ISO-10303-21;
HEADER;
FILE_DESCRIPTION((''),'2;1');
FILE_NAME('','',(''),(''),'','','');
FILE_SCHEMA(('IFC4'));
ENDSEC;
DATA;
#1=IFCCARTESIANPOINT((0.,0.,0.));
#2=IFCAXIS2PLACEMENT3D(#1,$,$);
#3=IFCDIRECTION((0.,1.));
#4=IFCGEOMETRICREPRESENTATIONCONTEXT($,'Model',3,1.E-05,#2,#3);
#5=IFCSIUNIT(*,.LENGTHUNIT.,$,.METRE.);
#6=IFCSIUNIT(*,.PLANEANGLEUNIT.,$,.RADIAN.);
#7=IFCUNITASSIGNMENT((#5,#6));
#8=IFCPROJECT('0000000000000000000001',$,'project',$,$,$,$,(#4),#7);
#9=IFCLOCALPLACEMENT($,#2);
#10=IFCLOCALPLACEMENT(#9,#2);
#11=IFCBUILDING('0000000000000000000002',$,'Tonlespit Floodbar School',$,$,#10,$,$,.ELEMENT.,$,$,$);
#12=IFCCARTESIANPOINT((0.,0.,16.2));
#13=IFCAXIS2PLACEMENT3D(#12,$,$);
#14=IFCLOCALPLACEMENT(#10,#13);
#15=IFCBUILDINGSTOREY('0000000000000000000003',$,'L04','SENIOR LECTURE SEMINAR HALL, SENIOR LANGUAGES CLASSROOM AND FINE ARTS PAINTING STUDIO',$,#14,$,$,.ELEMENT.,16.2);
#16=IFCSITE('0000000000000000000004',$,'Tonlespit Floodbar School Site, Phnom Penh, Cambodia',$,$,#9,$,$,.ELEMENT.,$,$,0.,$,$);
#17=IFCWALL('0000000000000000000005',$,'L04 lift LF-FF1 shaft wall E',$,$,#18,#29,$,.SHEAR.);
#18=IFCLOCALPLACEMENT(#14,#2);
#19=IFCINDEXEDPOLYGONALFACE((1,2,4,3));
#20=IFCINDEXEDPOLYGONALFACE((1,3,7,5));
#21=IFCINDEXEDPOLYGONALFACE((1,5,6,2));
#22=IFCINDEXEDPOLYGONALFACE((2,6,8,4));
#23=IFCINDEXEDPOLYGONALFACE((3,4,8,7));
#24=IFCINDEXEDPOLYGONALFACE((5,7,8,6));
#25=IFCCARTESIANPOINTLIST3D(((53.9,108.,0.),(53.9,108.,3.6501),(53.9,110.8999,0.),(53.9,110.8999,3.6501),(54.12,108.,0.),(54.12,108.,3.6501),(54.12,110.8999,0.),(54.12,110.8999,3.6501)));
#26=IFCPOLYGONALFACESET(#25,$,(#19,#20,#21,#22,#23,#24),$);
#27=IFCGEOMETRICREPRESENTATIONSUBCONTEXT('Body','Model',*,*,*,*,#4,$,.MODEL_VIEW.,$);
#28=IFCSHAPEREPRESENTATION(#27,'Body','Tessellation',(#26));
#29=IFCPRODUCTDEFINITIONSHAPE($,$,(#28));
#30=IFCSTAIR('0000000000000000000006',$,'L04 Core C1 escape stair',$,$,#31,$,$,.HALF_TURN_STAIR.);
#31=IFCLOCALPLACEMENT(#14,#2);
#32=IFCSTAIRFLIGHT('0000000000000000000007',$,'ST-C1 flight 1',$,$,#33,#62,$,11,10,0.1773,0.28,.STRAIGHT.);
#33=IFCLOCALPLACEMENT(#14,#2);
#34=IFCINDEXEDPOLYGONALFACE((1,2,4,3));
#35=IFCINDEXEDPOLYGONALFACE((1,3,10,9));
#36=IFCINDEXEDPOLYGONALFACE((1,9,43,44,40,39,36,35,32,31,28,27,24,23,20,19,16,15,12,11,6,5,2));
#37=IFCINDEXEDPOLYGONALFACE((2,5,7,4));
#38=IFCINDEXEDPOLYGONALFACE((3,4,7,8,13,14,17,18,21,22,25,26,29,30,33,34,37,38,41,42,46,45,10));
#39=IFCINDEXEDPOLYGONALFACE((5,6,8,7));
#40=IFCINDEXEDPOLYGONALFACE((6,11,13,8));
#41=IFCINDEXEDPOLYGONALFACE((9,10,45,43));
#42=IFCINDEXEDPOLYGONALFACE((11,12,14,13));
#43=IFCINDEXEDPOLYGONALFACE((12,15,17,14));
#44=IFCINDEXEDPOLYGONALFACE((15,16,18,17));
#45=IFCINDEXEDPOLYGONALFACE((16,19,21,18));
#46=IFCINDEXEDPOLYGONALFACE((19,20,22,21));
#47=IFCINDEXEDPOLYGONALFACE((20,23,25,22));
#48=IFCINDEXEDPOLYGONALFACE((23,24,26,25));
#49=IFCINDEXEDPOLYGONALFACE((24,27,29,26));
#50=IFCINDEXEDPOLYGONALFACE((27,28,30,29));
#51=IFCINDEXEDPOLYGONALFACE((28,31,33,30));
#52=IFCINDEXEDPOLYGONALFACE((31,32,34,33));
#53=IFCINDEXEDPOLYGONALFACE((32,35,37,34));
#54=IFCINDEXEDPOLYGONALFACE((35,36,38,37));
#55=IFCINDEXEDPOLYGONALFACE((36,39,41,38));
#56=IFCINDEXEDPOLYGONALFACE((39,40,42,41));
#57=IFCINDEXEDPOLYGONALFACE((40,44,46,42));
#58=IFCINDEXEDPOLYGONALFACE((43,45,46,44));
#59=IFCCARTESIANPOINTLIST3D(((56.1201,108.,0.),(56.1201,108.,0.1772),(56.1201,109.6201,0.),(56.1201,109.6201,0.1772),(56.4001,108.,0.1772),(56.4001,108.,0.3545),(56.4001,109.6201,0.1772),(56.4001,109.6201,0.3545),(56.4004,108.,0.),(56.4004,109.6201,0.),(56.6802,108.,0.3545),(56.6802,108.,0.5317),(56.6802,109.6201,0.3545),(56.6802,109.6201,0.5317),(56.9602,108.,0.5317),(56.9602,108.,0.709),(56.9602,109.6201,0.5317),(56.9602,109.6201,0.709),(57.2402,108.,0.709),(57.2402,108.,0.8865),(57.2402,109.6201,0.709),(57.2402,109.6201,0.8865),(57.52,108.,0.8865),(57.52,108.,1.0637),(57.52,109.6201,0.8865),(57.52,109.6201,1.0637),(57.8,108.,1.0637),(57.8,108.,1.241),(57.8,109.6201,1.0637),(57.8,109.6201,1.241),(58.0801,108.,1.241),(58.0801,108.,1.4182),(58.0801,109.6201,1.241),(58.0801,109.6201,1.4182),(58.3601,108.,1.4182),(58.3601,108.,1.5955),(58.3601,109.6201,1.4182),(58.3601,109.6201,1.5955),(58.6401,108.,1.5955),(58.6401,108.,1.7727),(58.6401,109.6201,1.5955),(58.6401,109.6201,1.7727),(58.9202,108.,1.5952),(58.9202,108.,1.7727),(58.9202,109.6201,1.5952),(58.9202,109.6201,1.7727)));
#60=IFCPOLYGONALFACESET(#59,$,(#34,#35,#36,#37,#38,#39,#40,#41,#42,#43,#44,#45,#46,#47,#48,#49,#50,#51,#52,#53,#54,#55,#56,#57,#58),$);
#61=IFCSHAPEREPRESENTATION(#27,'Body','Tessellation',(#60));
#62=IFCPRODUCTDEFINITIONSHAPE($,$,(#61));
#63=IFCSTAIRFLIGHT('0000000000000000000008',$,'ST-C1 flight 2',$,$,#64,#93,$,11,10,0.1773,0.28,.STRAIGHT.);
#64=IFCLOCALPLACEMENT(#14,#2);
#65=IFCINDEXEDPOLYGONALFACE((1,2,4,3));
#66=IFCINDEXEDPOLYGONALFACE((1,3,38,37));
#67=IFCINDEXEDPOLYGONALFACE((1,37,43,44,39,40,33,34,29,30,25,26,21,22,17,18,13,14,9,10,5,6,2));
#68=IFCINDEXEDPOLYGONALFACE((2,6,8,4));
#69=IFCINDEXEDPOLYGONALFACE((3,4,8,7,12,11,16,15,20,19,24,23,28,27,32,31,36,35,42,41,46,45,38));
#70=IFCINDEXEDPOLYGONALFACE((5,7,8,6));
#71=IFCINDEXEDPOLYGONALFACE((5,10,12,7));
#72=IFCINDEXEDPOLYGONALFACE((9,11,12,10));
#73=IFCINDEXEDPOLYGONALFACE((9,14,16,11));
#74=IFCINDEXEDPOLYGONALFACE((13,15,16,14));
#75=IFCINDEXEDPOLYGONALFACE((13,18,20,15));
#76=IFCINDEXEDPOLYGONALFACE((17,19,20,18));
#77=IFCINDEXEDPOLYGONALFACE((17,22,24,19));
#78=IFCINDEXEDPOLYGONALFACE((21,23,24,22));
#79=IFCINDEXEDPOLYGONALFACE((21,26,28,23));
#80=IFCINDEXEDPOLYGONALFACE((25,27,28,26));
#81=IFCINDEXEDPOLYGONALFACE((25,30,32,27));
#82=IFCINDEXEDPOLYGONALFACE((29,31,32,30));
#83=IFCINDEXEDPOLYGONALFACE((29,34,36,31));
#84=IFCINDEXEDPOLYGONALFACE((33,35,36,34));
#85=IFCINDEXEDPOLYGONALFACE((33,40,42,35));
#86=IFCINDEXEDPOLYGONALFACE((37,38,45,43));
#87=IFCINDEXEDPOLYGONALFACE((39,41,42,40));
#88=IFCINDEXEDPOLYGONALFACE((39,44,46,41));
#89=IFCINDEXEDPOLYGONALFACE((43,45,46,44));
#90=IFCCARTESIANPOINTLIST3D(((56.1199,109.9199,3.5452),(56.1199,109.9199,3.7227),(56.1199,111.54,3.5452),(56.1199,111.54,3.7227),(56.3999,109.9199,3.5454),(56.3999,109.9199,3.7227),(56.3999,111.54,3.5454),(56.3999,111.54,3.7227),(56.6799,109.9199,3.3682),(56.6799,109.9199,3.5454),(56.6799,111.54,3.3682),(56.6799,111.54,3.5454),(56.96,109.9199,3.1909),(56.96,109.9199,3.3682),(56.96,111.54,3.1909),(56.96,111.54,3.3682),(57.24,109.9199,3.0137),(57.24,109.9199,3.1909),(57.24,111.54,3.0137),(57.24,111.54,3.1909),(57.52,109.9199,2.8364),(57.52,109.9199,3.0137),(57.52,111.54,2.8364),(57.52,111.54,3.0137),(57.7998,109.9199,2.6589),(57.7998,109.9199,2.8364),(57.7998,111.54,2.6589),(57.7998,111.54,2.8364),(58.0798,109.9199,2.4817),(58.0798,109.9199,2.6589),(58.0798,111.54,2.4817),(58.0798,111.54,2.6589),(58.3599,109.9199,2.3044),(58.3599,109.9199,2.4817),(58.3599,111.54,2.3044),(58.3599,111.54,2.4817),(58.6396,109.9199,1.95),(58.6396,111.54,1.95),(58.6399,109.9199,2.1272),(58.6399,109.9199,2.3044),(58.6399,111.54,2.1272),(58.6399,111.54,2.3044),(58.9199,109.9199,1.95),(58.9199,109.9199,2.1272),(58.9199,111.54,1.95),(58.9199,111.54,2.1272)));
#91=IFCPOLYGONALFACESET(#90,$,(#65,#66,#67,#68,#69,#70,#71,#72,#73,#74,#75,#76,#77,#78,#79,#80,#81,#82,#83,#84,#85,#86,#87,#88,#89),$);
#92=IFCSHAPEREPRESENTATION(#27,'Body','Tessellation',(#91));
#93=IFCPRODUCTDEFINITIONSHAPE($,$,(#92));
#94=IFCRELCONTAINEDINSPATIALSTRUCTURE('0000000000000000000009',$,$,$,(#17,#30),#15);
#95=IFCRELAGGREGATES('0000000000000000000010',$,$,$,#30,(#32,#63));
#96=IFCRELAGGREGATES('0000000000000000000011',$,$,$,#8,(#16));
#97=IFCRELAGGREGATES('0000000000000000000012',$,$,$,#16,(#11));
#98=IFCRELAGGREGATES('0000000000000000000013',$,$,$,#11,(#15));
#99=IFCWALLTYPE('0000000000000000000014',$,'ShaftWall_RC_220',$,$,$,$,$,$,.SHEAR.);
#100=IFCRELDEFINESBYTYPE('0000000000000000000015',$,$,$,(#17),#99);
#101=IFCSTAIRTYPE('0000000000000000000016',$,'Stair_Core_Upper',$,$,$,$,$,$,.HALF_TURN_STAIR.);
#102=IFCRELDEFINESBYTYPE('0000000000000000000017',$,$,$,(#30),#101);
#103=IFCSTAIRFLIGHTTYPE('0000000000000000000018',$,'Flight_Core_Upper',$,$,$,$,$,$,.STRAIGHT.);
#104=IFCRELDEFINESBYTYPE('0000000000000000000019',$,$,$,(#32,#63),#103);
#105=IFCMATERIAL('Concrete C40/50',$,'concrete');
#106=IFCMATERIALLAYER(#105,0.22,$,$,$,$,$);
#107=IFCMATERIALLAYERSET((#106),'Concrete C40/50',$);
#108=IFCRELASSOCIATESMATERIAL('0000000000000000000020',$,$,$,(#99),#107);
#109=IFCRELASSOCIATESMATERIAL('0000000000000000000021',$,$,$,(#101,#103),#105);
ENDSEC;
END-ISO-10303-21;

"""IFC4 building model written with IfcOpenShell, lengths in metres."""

from ifc_helpers import new_model, si_unit, direction, frame, frame_2d, origin, place, context, subcontext, project, spatial, polyline, rectangle, outline, extrude, material, layer, layer_set, type_object, element, aggregate, save


model = new_model("IFC4")

# Units and contexts
model_context = context("Model", 3, precision=1e-05, world=origin(), true_north=direction((0.0, 1.0)))
body_context = subcontext(model_context, "Body", "Model", "MODEL_VIEW")
ifc_project = project(units=[si_unit("LENGTHUNIT", "METRE"), si_unit("PLANEANGLEUNIT", "RADIAN")], contexts=[model_context])

# Site, building, storey
site_placement = place(None, origin())
site = spatial("IfcSite", under=ifc_project, at=site_placement, Name="Tonlespit Floodbar School Site, Phnom Penh, Cambodia", CompositionType="ELEMENT", RefElevation=0.0)
building_placement = place(site_placement, origin())
building = spatial("IfcBuilding", under=site, at=building_placement, Name="Tonlespit Floodbar School", CompositionType="ELEMENT")
storey_placement = place(building_placement, frame((0.0, 0.0, 16.2)))
storey = spatial("IfcBuildingStorey", under=building, at=storey_placement, Name="L04", Description="SENIOR LECTURE SEMINAR HALL, SENIOR LANGUAGES CLASSROOM AND FINE ARTS PAINTING STUDIO", CompositionType="ELEMENT", Elevation=16.2)

# Shared definitions
ifc_material_1 = material(Name="Concrete C40/50", Category="concrete")

# Shared definitions
ifc_layer_1 = layer(ifc_material_1, 0.22)
ifc_layer_set_1 = layer_set([ifc_layer_1], Name="Concrete C40/50")
wall_type_1 = type_object("IfcWallType", Name="ShaftWall_RC_220", PredefinedType="SHEAR", material=ifc_layer_set_1)

# Wall
wall_1_placement = place(storey_placement, frame((54.01, 110.8999, 0.0), z_axis=(0.0, 0.0, 1.0), x_axis=(0.0, -1.0, 0.0)))
element("IfcWall", 1, at=wall_1_placement, inside=storey, type_object=wall_type_1, Name="L04 lift LF-FF1 shaft wall E", PredefinedType="SHEAR", context=body_context, shape_type="SweptSolid", body=[
    extrude(rectangle(XDim=2.8999, YDim=0.22, at=frame_2d((1.45, 0.0))), origin(), (0.0, 0.0, 1.0), 3.6501),
])

# Stair, stair flights
stair_type = type_object("IfcStairType", Name="Stair_Core_Upper", PredefinedType="HALF_TURN_STAIR", material=ifc_material_1)
stair_placement = place(storey_placement, origin())
stair = element("IfcStair", 2, at=stair_placement, inside=storey, type_object=stair_type, Name="L04 Core C1 escape stair", PredefinedType="HALF_TURN_STAIR")
stair_flight_type = type_object("IfcStairFlightType", Name="Flight_Core_Upper", PredefinedType="STRAIGHT", material=ifc_material_1)
stair_flight_1_placement = place(storey_placement, frame((56.1201, 108.8101, 0.0), z_axis=(0.0, 0.0, 1.0), x_axis=(1.0, 0.0, 0.0)))
stair_flight_1 = element("IfcStairFlight", 3, at=stair_flight_1_placement, type_object=stair_flight_type, Name="ST-C1 flight 1", NumberOfRisers=11, NumberOfTreads=10, PredefinedType="STRAIGHT", RiserHeight=0.1773, TreadLength=0.28, context=body_context, shape_type="SweptSolid", body=[
    extrude(outline(polyline([(0.0, 0.0), (0.0, 0.1772), (0.28, 0.1772), (0.28, 0.3545), (0.5601, 0.3545), (0.5601, 0.5317), (0.8401, 0.5317), (0.8401, 0.709), (1.1201, 0.709), (1.1201, 0.8865), (1.3999, 0.8865), (1.3999, 1.0637), (1.6799, 1.0637), (1.6799, 1.241), (1.96, 1.241), (1.96, 1.4182), (2.24, 1.4182), (2.24, 1.5955), (2.52, 1.5955), (2.52, 1.7727), (2.8, 1.7727), (2.8, 1.95), (2.8, 1.5952), (0.2803, 0.0), (0.0, 0.0)])), frame((0.0, 0.8101, 0.0), z_axis=(0.0, -1.0, 0.0), x_axis=(1.0, 0.0, 0.0)), (0.0, 0.0, 1.0), 1.6201),
])
stair_flight_2_placement = place(storey_placement, frame((58.9199, 110.73, 1.95), z_axis=(0.0, 0.0, 1.0), x_axis=(-1.0, 0.0, 0.0)))
stair_flight_2 = element("IfcStairFlight", 4, at=stair_flight_2_placement, type_object=stair_flight_type, Name="ST-C1 flight 2", NumberOfRisers=11, NumberOfTreads=10, PredefinedType="STRAIGHT", RiserHeight=0.1773, TreadLength=0.28, context=body_context, shape_type="SweptSolid", body=[
    extrude(outline(polyline([(0.0, 0.0), (0.0, 0.1772), (0.28, 0.1772), (0.28, 0.3545), (0.5601, 0.3545), (0.5601, 0.5317), (0.8401, 0.5317), (0.8401, 0.709), (1.1201, 0.709), (1.1201, 0.8865), (1.3999, 0.8865), (1.3999, 1.0637), (1.6799, 1.0637), (1.6799, 1.241), (1.96, 1.241), (1.96, 1.4182), (2.24, 1.4182), (2.24, 1.5955), (2.52, 1.5955), (2.52, 1.7727), (2.8, 1.7727), (2.8, 1.95), (2.8, 1.5952), (0.2803, 0.0), (0.0, 0.0)])), frame((0.0, 0.8101, 0.0), z_axis=(0.0, -1.0, 0.0), x_axis=(1.0, 0.0, 0.0)), (0.0, 0.0, 1.0), 1.6201),
])
aggregate(stair, [stair_flight_1, stair_flight_2])

save(model, "model.ifc")
